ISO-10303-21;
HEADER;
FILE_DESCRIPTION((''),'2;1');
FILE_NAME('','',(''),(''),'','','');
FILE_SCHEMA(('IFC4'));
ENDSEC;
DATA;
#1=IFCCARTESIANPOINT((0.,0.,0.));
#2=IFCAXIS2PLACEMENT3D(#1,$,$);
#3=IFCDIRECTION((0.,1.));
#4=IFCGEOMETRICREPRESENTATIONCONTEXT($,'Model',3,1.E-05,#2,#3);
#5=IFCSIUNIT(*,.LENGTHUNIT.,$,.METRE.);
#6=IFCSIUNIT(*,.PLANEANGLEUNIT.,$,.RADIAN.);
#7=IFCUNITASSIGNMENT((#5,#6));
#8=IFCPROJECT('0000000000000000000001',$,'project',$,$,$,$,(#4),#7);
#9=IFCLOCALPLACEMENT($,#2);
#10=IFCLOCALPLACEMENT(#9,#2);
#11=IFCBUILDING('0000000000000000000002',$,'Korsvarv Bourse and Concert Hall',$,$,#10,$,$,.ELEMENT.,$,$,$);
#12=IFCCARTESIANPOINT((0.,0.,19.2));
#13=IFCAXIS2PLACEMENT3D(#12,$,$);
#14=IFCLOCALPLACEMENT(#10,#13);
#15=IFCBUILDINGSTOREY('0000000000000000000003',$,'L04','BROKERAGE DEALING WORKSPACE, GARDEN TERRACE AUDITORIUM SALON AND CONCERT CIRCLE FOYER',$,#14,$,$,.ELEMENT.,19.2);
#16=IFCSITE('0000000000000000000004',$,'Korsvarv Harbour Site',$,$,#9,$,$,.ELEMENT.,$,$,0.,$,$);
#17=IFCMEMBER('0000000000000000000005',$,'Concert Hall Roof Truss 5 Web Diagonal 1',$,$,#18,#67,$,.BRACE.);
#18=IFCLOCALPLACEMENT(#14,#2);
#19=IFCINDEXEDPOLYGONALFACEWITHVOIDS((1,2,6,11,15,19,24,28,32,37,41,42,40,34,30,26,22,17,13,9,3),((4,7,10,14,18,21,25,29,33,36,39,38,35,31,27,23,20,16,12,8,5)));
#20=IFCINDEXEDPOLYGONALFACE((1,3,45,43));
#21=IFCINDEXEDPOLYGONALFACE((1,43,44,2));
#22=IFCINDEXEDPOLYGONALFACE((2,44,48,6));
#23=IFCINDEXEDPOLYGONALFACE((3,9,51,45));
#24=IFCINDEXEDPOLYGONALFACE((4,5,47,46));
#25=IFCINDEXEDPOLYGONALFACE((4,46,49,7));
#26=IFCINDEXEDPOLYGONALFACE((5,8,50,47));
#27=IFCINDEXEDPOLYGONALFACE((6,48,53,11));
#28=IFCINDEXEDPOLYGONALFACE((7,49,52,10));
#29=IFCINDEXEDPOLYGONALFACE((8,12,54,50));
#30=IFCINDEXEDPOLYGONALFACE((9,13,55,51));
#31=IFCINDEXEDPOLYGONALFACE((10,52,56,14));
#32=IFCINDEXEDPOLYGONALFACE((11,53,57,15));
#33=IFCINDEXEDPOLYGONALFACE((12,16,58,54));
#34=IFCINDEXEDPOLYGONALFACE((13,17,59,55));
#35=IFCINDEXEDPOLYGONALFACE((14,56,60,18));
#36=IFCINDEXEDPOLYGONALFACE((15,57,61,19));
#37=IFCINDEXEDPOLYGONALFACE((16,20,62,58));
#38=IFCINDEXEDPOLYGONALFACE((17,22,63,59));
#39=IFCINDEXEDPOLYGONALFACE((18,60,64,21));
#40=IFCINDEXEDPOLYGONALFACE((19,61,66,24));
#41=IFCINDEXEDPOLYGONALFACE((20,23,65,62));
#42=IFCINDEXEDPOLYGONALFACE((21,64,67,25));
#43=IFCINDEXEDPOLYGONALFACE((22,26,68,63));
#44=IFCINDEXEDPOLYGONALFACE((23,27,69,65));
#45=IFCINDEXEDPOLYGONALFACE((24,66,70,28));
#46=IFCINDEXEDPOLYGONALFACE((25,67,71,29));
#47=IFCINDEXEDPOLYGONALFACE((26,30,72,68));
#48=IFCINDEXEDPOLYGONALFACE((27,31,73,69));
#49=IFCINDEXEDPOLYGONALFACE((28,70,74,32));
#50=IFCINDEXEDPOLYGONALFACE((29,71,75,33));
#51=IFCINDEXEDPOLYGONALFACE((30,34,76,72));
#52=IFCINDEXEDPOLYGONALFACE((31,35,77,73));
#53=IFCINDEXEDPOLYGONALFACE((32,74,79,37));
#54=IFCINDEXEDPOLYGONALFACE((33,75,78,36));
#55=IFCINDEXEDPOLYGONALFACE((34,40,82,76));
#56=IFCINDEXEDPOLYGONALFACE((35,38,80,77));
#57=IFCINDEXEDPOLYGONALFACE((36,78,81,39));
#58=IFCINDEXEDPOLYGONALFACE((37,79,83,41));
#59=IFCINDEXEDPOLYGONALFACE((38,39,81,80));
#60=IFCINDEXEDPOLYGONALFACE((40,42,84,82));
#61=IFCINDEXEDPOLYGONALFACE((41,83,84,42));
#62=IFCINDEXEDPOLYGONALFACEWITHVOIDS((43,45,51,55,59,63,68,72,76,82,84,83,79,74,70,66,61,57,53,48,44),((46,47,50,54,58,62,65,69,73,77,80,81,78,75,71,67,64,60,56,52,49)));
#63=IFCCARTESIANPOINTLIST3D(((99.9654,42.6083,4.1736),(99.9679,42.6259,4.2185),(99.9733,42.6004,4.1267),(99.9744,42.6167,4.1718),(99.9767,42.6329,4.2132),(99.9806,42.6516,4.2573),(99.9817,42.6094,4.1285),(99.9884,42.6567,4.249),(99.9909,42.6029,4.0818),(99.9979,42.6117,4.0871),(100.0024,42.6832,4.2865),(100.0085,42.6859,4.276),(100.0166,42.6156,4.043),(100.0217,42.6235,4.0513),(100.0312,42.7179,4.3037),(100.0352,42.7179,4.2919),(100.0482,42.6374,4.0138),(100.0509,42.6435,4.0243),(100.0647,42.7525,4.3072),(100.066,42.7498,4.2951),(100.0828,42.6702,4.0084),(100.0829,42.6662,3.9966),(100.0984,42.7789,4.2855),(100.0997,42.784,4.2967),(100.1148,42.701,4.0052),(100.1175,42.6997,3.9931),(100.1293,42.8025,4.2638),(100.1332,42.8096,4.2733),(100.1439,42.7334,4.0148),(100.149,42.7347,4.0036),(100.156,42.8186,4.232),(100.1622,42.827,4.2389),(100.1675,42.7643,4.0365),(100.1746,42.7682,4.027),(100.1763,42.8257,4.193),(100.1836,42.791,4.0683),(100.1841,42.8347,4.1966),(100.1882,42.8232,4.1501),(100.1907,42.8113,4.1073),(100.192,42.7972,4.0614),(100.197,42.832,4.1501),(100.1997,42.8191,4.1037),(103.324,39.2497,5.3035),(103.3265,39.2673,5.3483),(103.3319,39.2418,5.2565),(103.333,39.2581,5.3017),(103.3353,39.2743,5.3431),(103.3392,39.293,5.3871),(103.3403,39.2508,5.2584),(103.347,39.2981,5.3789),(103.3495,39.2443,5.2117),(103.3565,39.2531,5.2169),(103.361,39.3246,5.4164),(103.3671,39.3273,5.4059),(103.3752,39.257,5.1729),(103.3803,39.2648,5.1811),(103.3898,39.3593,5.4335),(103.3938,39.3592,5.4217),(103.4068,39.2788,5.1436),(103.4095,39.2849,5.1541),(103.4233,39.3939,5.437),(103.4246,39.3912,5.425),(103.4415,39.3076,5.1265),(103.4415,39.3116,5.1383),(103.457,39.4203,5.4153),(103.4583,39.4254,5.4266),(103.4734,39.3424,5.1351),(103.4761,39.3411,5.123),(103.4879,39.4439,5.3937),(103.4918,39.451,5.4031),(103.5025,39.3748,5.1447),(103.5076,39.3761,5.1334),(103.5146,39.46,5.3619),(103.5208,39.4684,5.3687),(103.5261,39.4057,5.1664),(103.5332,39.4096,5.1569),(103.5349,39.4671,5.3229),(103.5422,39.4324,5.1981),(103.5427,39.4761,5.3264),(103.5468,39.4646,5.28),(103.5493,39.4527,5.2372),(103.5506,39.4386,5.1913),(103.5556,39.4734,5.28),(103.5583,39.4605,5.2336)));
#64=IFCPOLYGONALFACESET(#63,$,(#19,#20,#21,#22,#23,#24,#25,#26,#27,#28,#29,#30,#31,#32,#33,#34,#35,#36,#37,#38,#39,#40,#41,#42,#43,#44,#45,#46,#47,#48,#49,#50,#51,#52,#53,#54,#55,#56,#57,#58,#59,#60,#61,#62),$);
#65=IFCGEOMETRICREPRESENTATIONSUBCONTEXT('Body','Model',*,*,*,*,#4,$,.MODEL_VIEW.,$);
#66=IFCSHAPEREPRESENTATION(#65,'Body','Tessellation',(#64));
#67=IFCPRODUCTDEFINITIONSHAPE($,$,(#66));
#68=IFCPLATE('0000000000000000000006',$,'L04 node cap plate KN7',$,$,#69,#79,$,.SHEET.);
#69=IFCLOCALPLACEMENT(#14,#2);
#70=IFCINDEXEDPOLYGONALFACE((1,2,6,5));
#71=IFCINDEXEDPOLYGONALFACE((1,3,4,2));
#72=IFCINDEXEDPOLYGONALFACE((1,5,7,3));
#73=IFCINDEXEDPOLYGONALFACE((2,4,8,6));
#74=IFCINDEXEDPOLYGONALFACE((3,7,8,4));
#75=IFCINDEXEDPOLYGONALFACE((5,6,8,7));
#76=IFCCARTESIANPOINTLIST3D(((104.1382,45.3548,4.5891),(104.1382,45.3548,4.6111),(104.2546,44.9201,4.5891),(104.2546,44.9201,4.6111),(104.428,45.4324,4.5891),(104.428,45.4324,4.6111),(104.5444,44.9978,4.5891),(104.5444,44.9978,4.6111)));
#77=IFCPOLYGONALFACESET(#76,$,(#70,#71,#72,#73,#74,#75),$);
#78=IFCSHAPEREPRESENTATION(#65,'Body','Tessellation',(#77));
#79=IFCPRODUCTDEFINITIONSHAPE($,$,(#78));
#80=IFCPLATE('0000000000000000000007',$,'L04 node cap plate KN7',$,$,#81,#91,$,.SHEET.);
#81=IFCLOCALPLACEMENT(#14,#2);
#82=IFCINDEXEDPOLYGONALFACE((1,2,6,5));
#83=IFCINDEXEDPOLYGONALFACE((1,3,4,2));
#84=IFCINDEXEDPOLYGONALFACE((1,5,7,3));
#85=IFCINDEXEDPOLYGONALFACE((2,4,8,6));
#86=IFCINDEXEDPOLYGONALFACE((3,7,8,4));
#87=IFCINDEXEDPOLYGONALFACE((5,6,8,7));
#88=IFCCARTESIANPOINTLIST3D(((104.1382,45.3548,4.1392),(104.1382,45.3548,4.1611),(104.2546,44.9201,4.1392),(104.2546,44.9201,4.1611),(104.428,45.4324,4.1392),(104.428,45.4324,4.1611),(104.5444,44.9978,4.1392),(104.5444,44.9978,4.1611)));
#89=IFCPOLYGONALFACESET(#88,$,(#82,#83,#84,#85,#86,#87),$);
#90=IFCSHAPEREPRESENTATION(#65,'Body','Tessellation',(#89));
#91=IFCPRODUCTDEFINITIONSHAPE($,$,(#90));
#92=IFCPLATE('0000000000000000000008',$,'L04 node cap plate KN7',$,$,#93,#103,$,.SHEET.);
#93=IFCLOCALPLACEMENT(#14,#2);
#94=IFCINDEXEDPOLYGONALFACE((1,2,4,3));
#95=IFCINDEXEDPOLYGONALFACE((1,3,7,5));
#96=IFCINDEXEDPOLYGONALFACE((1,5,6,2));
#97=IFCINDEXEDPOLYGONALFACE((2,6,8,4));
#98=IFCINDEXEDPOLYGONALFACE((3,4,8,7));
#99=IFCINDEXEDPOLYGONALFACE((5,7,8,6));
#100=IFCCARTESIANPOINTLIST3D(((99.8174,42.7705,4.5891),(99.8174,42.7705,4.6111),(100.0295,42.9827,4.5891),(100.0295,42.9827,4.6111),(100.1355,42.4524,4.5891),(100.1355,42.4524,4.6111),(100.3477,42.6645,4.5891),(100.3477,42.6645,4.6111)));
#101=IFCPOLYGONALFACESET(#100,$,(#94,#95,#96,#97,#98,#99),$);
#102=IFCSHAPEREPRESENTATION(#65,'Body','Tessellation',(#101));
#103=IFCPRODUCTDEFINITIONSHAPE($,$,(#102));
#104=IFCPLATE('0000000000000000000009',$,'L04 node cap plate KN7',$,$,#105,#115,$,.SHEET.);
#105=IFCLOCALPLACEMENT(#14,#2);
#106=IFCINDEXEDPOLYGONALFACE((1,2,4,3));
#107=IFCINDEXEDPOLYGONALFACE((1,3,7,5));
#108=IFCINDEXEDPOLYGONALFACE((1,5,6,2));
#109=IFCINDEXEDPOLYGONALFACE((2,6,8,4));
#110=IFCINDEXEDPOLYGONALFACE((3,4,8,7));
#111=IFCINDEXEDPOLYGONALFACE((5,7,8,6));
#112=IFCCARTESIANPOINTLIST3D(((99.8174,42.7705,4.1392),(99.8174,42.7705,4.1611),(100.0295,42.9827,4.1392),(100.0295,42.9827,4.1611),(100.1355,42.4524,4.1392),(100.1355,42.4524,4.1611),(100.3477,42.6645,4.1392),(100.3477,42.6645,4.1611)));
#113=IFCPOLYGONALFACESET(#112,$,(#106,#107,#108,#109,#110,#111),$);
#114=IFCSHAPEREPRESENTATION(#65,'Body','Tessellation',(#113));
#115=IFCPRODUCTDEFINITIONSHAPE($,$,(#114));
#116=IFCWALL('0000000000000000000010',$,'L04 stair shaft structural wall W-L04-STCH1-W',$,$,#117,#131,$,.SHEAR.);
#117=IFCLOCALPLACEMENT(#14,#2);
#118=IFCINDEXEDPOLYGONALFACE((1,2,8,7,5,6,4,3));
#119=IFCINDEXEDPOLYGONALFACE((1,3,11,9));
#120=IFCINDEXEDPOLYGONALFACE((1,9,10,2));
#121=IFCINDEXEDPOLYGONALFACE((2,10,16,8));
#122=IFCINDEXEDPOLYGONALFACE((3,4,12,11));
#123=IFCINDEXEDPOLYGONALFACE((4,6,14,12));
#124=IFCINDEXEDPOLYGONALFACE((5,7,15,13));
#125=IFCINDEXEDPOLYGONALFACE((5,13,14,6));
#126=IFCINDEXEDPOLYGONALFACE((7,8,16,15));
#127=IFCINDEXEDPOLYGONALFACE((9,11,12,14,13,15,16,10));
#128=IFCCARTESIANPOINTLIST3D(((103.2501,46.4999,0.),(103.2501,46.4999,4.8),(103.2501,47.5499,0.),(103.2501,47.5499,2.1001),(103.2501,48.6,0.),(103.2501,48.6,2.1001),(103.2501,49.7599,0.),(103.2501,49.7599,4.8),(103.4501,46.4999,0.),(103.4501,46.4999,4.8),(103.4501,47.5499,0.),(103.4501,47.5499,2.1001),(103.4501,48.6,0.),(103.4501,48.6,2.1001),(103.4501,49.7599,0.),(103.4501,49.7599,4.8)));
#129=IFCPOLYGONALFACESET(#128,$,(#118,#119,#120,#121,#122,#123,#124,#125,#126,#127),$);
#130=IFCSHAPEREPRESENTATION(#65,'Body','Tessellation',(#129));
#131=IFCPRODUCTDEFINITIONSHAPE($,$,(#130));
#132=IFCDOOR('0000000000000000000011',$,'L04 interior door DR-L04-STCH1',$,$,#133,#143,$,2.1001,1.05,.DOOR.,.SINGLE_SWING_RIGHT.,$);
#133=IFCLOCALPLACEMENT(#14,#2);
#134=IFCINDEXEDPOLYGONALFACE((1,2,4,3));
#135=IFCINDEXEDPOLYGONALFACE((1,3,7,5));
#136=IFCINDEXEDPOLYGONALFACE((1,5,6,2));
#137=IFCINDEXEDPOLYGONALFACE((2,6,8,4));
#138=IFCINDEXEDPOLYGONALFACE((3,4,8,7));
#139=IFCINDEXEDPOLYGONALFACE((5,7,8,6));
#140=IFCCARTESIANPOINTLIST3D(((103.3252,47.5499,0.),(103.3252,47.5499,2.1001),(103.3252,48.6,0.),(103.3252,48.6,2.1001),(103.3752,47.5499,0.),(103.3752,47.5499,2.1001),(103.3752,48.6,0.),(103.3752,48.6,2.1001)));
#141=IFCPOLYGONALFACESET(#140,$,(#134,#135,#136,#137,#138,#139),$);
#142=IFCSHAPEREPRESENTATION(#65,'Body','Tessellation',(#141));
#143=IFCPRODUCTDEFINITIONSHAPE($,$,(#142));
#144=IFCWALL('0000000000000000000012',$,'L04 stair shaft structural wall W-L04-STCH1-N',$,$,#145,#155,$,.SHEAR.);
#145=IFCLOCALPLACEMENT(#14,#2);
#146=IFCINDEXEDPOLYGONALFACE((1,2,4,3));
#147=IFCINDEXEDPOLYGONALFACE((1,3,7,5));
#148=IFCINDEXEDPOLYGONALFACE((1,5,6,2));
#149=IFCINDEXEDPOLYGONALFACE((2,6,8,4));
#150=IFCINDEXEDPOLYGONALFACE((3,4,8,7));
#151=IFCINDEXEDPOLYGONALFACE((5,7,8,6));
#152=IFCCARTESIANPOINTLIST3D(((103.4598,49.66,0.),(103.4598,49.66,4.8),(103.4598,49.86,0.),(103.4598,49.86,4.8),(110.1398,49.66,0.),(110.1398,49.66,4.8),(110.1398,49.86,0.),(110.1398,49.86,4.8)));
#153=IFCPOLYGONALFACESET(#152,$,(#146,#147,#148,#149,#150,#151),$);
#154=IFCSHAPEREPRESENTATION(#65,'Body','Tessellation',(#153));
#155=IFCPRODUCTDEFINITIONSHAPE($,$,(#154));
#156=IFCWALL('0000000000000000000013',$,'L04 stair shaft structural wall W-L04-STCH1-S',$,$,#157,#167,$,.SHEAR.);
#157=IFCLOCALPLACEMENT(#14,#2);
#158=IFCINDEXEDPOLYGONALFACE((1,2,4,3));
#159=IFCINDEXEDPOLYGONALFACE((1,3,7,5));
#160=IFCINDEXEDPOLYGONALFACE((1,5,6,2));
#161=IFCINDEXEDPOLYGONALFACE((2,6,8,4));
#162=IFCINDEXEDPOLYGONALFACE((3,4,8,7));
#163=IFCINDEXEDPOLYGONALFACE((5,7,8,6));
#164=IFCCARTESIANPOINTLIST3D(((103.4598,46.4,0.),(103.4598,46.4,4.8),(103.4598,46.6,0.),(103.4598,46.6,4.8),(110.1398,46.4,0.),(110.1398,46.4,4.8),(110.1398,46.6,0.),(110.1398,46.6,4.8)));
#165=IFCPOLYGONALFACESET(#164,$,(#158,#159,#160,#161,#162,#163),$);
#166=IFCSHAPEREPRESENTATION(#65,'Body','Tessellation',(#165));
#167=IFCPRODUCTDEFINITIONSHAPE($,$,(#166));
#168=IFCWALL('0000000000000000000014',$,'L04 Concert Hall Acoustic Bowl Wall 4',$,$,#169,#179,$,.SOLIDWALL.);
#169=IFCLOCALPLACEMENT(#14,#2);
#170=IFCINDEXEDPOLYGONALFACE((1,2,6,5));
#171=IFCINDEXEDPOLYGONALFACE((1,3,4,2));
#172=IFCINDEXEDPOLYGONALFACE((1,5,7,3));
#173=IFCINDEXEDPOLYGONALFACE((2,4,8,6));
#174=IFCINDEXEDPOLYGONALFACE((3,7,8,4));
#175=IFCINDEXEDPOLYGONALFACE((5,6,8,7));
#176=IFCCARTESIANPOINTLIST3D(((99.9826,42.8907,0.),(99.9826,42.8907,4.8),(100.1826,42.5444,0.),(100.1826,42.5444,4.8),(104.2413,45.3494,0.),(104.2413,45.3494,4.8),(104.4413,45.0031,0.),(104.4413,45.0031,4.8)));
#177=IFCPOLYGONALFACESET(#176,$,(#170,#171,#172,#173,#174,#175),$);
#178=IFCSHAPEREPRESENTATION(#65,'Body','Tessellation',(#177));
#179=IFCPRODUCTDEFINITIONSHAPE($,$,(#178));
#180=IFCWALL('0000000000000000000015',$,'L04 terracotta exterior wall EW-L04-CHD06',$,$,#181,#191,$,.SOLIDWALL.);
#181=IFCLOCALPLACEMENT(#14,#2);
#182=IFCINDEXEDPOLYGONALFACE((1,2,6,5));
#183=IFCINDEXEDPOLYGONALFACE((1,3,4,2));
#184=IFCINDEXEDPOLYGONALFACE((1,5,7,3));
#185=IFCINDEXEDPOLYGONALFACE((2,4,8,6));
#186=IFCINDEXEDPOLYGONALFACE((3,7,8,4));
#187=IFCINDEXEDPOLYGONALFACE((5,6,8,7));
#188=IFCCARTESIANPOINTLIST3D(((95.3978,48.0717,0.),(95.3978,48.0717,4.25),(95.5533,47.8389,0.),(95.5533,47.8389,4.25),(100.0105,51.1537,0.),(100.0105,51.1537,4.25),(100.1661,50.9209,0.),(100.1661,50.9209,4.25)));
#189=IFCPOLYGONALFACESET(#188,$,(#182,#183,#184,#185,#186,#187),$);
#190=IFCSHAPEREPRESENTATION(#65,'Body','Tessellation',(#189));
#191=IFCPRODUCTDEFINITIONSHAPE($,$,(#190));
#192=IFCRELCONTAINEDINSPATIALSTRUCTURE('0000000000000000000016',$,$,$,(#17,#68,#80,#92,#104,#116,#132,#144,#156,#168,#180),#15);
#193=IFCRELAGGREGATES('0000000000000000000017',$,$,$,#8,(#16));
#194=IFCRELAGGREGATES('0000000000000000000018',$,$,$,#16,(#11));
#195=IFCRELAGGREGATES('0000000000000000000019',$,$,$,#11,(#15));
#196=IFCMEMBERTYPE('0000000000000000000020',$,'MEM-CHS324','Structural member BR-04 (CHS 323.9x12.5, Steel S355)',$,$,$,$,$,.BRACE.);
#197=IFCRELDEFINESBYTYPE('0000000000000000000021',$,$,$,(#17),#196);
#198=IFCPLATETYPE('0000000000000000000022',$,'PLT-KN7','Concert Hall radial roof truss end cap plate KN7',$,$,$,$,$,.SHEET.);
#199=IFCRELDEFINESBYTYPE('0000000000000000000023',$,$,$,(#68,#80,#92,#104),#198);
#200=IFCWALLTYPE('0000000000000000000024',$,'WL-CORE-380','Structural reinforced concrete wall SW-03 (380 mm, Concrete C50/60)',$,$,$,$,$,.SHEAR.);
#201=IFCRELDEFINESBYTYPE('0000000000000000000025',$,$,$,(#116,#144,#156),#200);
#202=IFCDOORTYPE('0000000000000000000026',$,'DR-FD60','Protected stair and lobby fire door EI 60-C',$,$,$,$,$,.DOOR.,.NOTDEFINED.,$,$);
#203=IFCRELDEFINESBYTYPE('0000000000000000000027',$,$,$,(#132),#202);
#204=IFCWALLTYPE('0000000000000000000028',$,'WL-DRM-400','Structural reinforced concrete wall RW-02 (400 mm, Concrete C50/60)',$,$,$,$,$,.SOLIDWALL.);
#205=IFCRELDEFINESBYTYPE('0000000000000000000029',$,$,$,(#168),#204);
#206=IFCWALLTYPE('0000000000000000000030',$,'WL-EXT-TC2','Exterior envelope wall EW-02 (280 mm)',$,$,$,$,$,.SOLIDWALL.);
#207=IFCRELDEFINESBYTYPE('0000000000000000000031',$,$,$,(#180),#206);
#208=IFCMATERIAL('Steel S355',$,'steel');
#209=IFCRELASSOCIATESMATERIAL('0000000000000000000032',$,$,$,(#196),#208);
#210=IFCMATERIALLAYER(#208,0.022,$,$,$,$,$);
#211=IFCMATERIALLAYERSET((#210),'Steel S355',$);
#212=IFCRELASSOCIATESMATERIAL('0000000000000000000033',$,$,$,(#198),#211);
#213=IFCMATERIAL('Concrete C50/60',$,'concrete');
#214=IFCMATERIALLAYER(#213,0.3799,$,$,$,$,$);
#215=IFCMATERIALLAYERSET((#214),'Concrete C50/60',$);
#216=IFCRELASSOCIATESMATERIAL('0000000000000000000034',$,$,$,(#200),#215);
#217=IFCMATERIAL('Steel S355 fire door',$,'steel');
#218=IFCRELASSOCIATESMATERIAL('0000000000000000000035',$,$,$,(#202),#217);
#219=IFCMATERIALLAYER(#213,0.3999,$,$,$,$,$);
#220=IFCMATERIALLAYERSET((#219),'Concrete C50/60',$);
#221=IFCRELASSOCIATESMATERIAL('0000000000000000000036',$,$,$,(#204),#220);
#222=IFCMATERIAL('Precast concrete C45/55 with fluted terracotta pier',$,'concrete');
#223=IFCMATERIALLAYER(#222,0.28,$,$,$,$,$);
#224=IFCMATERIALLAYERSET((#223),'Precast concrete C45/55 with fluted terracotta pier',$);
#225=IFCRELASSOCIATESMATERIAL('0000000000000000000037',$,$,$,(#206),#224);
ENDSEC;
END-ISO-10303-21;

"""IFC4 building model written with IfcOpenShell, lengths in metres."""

from ifc_helpers import new_model, si_unit, direction, frame, frame_2d, origin, origin_2d, place, context, subcontext, project, spatial, rectangle, hollow_circle, extrude, source, transform, mapped, material, layer, layer_set, material_profile, profile_set, type_object, element, fill, save


model = new_model("IFC4")

# Units and contexts
model_context = context("Model", 3, precision=1e-05, world=origin(), true_north=direction((0.0, 1.0)))
body_context = subcontext(model_context, "Body", "Model", "MODEL_VIEW")
ifc_project = project(units=[si_unit("LENGTHUNIT", "METRE"), si_unit("PLANEANGLEUNIT", "RADIAN")], contexts=[model_context])

# Site, building, storey
site_placement = place(None, origin())
site = spatial("IfcSite", under=ifc_project, at=site_placement, Name="Korsvarv Harbour Site", CompositionType="ELEMENT", RefElevation=0.0)
building_placement = place(site_placement, origin())
building = spatial("IfcBuilding", under=site, at=building_placement, Name="Korsvarv Bourse and Concert Hall", CompositionType="ELEMENT")
storey_placement = place(building_placement, frame((0.0, 0.0, 19.2)))
storey = spatial("IfcBuildingStorey", under=building, at=storey_placement, Name="L04", Description="BROKERAGE DEALING WORKSPACE, GARDEN TERRACE AUDITORIUM SALON AND CONCERT CIRCLE FOYER", CompositionType="ELEMENT", Elevation=19.2)

# Shared definitions
ifc_material_1 = material(Name="Concrete C50/60", Category="concrete")

# Shared definitions
ifc_material_2 = material(Name="Steel S355", Category="steel")

# Member
ifc_material_profile_1 = material_profile(ifc_material_2, hollow_circle(Radius=0.1619, WallThickness=0.0125, at=origin_2d()), Name="CHS 323.9x12.5")
ifc_profile_set_1 = profile_set([ifc_material_profile_1], Name="Steel S355")
member_type_1 = type_object("IfcMemberType", Name="MEM-CHS324", Description="Structural member BR-04 (CHS 323.9x12.5, Steel S355)", PredefinedType="BRACE", material=ifc_profile_set_1)
shared_shape_1 = source(origin(), body_context, "Body", "SweptSolid", [
    extrude(hollow_circle(Radius=0.1619, WallThickness=0.0125, at=origin_2d()), origin(), (0.0, 0.0, 1.0), 4.8823),
])
member_1_placement = place(storey_placement, frame((100.0825, 42.7175, 4.1501), z_axis=(0.687912, -0.687912, 0.231421), x_axis=(0.707107, 0.707107, 0.0)))
element("IfcMember", 1, at=member_1_placement, inside=storey, type_object=member_type_1, Name="Concert Hall Roof Truss 5 Web Diagonal 1", PredefinedType="BRACE", context=body_context, shape_type="MappedRepresentation", body=[
    mapped(shared_shape_1, transform((0.0, 0.0, 0.0), scale=1.0)),
])

# Plates
ifc_layer_1 = layer(ifc_material_2, 0.022)
ifc_layer_set_1 = layer_set([ifc_layer_1], Name="Steel S355")
plate_type = type_object("IfcPlateType", Name="PLT-KN7", Description="Concert Hall radial roof truss end cap plate KN7", PredefinedType="SHEET", material=ifc_layer_set_1)
shared_shape_2 = source(origin(), body_context, "Body", "SweptSolid", [
    extrude(rectangle(XDim=0.45, YDim=0.3, at=origin_2d()), origin(), (0.0, 0.0, 1.0), 0.022),
])
for number, where, z_axis, x_axis, name in (
    (2, (104.3413, 45.1763, 4.5891), (0.0, 0.0, 1.0), (-0.258819, 0.965926, 0.0), "L04 node cap plate KN7"),
    (3, (104.3413, 45.1763, 4.1392), (0.0, 0.0, 1.0), (-0.258819, 0.965926, 0.0), "L04 node cap plate KN7"),
    (4, (100.0825, 42.7175, 4.5891), (0.0, 0.0, 1.0), (-0.707107, 0.707107, 0.0), "L04 node cap plate KN7"),
    (5, (100.0825, 42.7175, 4.1392), (0.0, 0.0, 1.0), (-0.707107, 0.707107, 0.0), "L04 node cap plate KN7"),
):
    element("IfcPlate", number, at=place(storey_placement, frame(where, z_axis=z_axis, x_axis=x_axis)), inside=storey, type_object=plate_type, Name=name, PredefinedType="SHEET", context=body_context, shape_type="MappedRepresentation", body=[
        mapped(shared_shape_2, transform((0.0, 0.0, 0.0), scale=1.0)),
    ])

# Wall, opening, door
ifc_layer_2 = layer(ifc_material_1, 0.3799)
ifc_layer_set_2 = layer_set([ifc_layer_2], Name="Concrete C50/60")
wall_type_1 = type_object("IfcWallType", Name="WL-CORE-380", Description="Structural reinforced concrete wall SW-03 (380 mm, Concrete C50/60)", PredefinedType="SHEAR", material=ifc_layer_set_2)
wall_1_placement = place(storey_placement, frame((103.3501, 46.5, 0.0), z_axis=(0.0, 0.0, 1.0), x_axis=(0.0, 1.0, 0.0)))
wall_1 = element("IfcWall", 6, at=wall_1_placement, inside=storey, type_object=wall_type_1, Name="L04 stair shaft structural wall W-L04-STCH1-W", PredefinedType="SHEAR", context=body_context, shape_type="SweptSolid", body=[
    extrude(rectangle(XDim=3.26, YDim=0.2, at=frame_2d((1.6299, 0.0))), origin(), (0.0, 0.0, 1.0), 4.8),
])
opening_placement = place(wall_1_placement, frame((1.05, 0.0, 0.0)))
opening = element("IfcOpeningElement", 7, at=opening_placement, cuts=wall_1, PredefinedType="OPENING", context=body_context, shape_type="SweptSolid", body=[
    extrude(rectangle(XDim=1.05, YDim=2.1001, at=frame_2d((0.5249, 1.05))), frame((0.0, 0.1099, 0.0), z_axis=(0.0, -1.0, 0.0), x_axis=(1.0, 0.0, 0.0)), (0.0, 0.0, 1.0), 0.22),
])
ifc_material_3 = material(Name="Steel S355 fire door", Category="steel")
door_type = type_object("IfcDoorType", Name="DR-FD60", Description="Protected stair and lobby fire door EI 60-C", OperationType="NOTDEFINED", PredefinedType="DOOR", material=ifc_material_3)
door_placement = place(opening_placement, origin())
door = element("IfcDoor", 8, at=door_placement, inside=storey, type_object=door_type, Name="L04 interior door DR-L04-STCH1", OperationType="SINGLE_SWING_RIGHT", OverallHeight=2.1001, OverallWidth=1.05, PredefinedType="DOOR", context=body_context, shape_type="SweptSolid", body=[
    extrude(rectangle(XDim=1.05, YDim=2.1001, at=frame_2d((0.5249, 1.05))), frame((0.0, 0.0249, 0.0), z_axis=(0.0, -1.0, 0.0), x_axis=(1.0, 0.0, 0.0)), (0.0, 0.0, 1.0), 0.05),
])
fill(opening, door)

# Walls
for number, where, z_axis, x_axis, name in (
    (9, (103.46, 49.76, 0.0), (0.0, 0.0, 1.0), (1.0, 0.0, 0.0), "L04 stair shaft structural wall W-L04-STCH1-N"),
    (10, (103.46, 46.5, 0.0), (0.0, 0.0, 1.0), (1.0, 0.0, 0.0), "L04 stair shaft structural wall W-L04-STCH1-S"),
):
    element("IfcWall", number, at=place(storey_placement, frame(where, z_axis=z_axis, x_axis=x_axis)), inside=storey, type_object=wall_type_1, Name=name, PredefinedType="SHEAR", context=body_context, shape_type="SweptSolid", body=[
        extrude(rectangle(XDim=6.6799, YDim=0.2, at=frame_2d((3.3398, 0.0))), origin(), (0.0, 0.0, 1.0), 4.8),
    ])
ifc_layer_3 = layer(ifc_material_1, 0.3999)
ifc_layer_set_3 = layer_set([ifc_layer_3], Name="Concrete C50/60")
wall_type_2 = type_object("IfcWallType", Name="WL-DRM-400", Description="Structural reinforced concrete wall RW-02 (400 mm, Concrete C50/60)", PredefinedType="SOLIDWALL", material=ifc_layer_set_3)
wall_2_placement = place(storey_placement, frame((104.3413, 45.1763, 0.0), z_axis=(0.0, 0.0, 1.0), x_axis=(-0.866032, -0.499989, 0.0)))
element("IfcWall", 11, at=wall_2_placement, inside=storey, type_object=wall_type_2, Name="L04 Concert Hall Acoustic Bowl Wall 4", PredefinedType="SOLIDWALL", context=body_context, shape_type="SweptSolid", body=[
    extrude(rectangle(XDim=4.9175, YDim=0.3999, at=frame_2d((2.4587, 0.0))), origin(), (0.0, 0.0, 1.0), 4.8),
])
ifc_material_4 = material(Name="Precast concrete C45/55 with fluted terracotta pier", Category="concrete")
ifc_layer_4 = layer(ifc_material_4, 0.28)
ifc_layer_set_4 = layer_set([ifc_layer_4], Name="Precast concrete C45/55 with fluted terracotta pier")
wall_type_3 = type_object("IfcWallType", Name="WL-EXT-TC2", Description="Exterior envelope wall EW-02 (280 mm)", PredefinedType="SOLIDWALL", material=ifc_layer_set_4)
wall_3_placement = place(storey_placement, frame((100.0884, 51.0374, 0.0), z_axis=(0.0, 0.0, 1.0), x_axis=(-0.831481, -0.555553, 0.0)))
element("IfcWall", 12, at=wall_3_placement, inside=storey, type_object=wall_type_3, Name="L04 terracotta exterior wall EW-L04-CHD06", PredefinedType="SOLIDWALL", context=body_context, shape_type="SweptSolid", body=[
    extrude(rectangle(XDim=5.5476, YDim=0.28, at=frame_2d((2.7739, 0.0))), origin(), (0.0, 0.0, 1.0), 4.25),
])

save(model, "model.ifc")
